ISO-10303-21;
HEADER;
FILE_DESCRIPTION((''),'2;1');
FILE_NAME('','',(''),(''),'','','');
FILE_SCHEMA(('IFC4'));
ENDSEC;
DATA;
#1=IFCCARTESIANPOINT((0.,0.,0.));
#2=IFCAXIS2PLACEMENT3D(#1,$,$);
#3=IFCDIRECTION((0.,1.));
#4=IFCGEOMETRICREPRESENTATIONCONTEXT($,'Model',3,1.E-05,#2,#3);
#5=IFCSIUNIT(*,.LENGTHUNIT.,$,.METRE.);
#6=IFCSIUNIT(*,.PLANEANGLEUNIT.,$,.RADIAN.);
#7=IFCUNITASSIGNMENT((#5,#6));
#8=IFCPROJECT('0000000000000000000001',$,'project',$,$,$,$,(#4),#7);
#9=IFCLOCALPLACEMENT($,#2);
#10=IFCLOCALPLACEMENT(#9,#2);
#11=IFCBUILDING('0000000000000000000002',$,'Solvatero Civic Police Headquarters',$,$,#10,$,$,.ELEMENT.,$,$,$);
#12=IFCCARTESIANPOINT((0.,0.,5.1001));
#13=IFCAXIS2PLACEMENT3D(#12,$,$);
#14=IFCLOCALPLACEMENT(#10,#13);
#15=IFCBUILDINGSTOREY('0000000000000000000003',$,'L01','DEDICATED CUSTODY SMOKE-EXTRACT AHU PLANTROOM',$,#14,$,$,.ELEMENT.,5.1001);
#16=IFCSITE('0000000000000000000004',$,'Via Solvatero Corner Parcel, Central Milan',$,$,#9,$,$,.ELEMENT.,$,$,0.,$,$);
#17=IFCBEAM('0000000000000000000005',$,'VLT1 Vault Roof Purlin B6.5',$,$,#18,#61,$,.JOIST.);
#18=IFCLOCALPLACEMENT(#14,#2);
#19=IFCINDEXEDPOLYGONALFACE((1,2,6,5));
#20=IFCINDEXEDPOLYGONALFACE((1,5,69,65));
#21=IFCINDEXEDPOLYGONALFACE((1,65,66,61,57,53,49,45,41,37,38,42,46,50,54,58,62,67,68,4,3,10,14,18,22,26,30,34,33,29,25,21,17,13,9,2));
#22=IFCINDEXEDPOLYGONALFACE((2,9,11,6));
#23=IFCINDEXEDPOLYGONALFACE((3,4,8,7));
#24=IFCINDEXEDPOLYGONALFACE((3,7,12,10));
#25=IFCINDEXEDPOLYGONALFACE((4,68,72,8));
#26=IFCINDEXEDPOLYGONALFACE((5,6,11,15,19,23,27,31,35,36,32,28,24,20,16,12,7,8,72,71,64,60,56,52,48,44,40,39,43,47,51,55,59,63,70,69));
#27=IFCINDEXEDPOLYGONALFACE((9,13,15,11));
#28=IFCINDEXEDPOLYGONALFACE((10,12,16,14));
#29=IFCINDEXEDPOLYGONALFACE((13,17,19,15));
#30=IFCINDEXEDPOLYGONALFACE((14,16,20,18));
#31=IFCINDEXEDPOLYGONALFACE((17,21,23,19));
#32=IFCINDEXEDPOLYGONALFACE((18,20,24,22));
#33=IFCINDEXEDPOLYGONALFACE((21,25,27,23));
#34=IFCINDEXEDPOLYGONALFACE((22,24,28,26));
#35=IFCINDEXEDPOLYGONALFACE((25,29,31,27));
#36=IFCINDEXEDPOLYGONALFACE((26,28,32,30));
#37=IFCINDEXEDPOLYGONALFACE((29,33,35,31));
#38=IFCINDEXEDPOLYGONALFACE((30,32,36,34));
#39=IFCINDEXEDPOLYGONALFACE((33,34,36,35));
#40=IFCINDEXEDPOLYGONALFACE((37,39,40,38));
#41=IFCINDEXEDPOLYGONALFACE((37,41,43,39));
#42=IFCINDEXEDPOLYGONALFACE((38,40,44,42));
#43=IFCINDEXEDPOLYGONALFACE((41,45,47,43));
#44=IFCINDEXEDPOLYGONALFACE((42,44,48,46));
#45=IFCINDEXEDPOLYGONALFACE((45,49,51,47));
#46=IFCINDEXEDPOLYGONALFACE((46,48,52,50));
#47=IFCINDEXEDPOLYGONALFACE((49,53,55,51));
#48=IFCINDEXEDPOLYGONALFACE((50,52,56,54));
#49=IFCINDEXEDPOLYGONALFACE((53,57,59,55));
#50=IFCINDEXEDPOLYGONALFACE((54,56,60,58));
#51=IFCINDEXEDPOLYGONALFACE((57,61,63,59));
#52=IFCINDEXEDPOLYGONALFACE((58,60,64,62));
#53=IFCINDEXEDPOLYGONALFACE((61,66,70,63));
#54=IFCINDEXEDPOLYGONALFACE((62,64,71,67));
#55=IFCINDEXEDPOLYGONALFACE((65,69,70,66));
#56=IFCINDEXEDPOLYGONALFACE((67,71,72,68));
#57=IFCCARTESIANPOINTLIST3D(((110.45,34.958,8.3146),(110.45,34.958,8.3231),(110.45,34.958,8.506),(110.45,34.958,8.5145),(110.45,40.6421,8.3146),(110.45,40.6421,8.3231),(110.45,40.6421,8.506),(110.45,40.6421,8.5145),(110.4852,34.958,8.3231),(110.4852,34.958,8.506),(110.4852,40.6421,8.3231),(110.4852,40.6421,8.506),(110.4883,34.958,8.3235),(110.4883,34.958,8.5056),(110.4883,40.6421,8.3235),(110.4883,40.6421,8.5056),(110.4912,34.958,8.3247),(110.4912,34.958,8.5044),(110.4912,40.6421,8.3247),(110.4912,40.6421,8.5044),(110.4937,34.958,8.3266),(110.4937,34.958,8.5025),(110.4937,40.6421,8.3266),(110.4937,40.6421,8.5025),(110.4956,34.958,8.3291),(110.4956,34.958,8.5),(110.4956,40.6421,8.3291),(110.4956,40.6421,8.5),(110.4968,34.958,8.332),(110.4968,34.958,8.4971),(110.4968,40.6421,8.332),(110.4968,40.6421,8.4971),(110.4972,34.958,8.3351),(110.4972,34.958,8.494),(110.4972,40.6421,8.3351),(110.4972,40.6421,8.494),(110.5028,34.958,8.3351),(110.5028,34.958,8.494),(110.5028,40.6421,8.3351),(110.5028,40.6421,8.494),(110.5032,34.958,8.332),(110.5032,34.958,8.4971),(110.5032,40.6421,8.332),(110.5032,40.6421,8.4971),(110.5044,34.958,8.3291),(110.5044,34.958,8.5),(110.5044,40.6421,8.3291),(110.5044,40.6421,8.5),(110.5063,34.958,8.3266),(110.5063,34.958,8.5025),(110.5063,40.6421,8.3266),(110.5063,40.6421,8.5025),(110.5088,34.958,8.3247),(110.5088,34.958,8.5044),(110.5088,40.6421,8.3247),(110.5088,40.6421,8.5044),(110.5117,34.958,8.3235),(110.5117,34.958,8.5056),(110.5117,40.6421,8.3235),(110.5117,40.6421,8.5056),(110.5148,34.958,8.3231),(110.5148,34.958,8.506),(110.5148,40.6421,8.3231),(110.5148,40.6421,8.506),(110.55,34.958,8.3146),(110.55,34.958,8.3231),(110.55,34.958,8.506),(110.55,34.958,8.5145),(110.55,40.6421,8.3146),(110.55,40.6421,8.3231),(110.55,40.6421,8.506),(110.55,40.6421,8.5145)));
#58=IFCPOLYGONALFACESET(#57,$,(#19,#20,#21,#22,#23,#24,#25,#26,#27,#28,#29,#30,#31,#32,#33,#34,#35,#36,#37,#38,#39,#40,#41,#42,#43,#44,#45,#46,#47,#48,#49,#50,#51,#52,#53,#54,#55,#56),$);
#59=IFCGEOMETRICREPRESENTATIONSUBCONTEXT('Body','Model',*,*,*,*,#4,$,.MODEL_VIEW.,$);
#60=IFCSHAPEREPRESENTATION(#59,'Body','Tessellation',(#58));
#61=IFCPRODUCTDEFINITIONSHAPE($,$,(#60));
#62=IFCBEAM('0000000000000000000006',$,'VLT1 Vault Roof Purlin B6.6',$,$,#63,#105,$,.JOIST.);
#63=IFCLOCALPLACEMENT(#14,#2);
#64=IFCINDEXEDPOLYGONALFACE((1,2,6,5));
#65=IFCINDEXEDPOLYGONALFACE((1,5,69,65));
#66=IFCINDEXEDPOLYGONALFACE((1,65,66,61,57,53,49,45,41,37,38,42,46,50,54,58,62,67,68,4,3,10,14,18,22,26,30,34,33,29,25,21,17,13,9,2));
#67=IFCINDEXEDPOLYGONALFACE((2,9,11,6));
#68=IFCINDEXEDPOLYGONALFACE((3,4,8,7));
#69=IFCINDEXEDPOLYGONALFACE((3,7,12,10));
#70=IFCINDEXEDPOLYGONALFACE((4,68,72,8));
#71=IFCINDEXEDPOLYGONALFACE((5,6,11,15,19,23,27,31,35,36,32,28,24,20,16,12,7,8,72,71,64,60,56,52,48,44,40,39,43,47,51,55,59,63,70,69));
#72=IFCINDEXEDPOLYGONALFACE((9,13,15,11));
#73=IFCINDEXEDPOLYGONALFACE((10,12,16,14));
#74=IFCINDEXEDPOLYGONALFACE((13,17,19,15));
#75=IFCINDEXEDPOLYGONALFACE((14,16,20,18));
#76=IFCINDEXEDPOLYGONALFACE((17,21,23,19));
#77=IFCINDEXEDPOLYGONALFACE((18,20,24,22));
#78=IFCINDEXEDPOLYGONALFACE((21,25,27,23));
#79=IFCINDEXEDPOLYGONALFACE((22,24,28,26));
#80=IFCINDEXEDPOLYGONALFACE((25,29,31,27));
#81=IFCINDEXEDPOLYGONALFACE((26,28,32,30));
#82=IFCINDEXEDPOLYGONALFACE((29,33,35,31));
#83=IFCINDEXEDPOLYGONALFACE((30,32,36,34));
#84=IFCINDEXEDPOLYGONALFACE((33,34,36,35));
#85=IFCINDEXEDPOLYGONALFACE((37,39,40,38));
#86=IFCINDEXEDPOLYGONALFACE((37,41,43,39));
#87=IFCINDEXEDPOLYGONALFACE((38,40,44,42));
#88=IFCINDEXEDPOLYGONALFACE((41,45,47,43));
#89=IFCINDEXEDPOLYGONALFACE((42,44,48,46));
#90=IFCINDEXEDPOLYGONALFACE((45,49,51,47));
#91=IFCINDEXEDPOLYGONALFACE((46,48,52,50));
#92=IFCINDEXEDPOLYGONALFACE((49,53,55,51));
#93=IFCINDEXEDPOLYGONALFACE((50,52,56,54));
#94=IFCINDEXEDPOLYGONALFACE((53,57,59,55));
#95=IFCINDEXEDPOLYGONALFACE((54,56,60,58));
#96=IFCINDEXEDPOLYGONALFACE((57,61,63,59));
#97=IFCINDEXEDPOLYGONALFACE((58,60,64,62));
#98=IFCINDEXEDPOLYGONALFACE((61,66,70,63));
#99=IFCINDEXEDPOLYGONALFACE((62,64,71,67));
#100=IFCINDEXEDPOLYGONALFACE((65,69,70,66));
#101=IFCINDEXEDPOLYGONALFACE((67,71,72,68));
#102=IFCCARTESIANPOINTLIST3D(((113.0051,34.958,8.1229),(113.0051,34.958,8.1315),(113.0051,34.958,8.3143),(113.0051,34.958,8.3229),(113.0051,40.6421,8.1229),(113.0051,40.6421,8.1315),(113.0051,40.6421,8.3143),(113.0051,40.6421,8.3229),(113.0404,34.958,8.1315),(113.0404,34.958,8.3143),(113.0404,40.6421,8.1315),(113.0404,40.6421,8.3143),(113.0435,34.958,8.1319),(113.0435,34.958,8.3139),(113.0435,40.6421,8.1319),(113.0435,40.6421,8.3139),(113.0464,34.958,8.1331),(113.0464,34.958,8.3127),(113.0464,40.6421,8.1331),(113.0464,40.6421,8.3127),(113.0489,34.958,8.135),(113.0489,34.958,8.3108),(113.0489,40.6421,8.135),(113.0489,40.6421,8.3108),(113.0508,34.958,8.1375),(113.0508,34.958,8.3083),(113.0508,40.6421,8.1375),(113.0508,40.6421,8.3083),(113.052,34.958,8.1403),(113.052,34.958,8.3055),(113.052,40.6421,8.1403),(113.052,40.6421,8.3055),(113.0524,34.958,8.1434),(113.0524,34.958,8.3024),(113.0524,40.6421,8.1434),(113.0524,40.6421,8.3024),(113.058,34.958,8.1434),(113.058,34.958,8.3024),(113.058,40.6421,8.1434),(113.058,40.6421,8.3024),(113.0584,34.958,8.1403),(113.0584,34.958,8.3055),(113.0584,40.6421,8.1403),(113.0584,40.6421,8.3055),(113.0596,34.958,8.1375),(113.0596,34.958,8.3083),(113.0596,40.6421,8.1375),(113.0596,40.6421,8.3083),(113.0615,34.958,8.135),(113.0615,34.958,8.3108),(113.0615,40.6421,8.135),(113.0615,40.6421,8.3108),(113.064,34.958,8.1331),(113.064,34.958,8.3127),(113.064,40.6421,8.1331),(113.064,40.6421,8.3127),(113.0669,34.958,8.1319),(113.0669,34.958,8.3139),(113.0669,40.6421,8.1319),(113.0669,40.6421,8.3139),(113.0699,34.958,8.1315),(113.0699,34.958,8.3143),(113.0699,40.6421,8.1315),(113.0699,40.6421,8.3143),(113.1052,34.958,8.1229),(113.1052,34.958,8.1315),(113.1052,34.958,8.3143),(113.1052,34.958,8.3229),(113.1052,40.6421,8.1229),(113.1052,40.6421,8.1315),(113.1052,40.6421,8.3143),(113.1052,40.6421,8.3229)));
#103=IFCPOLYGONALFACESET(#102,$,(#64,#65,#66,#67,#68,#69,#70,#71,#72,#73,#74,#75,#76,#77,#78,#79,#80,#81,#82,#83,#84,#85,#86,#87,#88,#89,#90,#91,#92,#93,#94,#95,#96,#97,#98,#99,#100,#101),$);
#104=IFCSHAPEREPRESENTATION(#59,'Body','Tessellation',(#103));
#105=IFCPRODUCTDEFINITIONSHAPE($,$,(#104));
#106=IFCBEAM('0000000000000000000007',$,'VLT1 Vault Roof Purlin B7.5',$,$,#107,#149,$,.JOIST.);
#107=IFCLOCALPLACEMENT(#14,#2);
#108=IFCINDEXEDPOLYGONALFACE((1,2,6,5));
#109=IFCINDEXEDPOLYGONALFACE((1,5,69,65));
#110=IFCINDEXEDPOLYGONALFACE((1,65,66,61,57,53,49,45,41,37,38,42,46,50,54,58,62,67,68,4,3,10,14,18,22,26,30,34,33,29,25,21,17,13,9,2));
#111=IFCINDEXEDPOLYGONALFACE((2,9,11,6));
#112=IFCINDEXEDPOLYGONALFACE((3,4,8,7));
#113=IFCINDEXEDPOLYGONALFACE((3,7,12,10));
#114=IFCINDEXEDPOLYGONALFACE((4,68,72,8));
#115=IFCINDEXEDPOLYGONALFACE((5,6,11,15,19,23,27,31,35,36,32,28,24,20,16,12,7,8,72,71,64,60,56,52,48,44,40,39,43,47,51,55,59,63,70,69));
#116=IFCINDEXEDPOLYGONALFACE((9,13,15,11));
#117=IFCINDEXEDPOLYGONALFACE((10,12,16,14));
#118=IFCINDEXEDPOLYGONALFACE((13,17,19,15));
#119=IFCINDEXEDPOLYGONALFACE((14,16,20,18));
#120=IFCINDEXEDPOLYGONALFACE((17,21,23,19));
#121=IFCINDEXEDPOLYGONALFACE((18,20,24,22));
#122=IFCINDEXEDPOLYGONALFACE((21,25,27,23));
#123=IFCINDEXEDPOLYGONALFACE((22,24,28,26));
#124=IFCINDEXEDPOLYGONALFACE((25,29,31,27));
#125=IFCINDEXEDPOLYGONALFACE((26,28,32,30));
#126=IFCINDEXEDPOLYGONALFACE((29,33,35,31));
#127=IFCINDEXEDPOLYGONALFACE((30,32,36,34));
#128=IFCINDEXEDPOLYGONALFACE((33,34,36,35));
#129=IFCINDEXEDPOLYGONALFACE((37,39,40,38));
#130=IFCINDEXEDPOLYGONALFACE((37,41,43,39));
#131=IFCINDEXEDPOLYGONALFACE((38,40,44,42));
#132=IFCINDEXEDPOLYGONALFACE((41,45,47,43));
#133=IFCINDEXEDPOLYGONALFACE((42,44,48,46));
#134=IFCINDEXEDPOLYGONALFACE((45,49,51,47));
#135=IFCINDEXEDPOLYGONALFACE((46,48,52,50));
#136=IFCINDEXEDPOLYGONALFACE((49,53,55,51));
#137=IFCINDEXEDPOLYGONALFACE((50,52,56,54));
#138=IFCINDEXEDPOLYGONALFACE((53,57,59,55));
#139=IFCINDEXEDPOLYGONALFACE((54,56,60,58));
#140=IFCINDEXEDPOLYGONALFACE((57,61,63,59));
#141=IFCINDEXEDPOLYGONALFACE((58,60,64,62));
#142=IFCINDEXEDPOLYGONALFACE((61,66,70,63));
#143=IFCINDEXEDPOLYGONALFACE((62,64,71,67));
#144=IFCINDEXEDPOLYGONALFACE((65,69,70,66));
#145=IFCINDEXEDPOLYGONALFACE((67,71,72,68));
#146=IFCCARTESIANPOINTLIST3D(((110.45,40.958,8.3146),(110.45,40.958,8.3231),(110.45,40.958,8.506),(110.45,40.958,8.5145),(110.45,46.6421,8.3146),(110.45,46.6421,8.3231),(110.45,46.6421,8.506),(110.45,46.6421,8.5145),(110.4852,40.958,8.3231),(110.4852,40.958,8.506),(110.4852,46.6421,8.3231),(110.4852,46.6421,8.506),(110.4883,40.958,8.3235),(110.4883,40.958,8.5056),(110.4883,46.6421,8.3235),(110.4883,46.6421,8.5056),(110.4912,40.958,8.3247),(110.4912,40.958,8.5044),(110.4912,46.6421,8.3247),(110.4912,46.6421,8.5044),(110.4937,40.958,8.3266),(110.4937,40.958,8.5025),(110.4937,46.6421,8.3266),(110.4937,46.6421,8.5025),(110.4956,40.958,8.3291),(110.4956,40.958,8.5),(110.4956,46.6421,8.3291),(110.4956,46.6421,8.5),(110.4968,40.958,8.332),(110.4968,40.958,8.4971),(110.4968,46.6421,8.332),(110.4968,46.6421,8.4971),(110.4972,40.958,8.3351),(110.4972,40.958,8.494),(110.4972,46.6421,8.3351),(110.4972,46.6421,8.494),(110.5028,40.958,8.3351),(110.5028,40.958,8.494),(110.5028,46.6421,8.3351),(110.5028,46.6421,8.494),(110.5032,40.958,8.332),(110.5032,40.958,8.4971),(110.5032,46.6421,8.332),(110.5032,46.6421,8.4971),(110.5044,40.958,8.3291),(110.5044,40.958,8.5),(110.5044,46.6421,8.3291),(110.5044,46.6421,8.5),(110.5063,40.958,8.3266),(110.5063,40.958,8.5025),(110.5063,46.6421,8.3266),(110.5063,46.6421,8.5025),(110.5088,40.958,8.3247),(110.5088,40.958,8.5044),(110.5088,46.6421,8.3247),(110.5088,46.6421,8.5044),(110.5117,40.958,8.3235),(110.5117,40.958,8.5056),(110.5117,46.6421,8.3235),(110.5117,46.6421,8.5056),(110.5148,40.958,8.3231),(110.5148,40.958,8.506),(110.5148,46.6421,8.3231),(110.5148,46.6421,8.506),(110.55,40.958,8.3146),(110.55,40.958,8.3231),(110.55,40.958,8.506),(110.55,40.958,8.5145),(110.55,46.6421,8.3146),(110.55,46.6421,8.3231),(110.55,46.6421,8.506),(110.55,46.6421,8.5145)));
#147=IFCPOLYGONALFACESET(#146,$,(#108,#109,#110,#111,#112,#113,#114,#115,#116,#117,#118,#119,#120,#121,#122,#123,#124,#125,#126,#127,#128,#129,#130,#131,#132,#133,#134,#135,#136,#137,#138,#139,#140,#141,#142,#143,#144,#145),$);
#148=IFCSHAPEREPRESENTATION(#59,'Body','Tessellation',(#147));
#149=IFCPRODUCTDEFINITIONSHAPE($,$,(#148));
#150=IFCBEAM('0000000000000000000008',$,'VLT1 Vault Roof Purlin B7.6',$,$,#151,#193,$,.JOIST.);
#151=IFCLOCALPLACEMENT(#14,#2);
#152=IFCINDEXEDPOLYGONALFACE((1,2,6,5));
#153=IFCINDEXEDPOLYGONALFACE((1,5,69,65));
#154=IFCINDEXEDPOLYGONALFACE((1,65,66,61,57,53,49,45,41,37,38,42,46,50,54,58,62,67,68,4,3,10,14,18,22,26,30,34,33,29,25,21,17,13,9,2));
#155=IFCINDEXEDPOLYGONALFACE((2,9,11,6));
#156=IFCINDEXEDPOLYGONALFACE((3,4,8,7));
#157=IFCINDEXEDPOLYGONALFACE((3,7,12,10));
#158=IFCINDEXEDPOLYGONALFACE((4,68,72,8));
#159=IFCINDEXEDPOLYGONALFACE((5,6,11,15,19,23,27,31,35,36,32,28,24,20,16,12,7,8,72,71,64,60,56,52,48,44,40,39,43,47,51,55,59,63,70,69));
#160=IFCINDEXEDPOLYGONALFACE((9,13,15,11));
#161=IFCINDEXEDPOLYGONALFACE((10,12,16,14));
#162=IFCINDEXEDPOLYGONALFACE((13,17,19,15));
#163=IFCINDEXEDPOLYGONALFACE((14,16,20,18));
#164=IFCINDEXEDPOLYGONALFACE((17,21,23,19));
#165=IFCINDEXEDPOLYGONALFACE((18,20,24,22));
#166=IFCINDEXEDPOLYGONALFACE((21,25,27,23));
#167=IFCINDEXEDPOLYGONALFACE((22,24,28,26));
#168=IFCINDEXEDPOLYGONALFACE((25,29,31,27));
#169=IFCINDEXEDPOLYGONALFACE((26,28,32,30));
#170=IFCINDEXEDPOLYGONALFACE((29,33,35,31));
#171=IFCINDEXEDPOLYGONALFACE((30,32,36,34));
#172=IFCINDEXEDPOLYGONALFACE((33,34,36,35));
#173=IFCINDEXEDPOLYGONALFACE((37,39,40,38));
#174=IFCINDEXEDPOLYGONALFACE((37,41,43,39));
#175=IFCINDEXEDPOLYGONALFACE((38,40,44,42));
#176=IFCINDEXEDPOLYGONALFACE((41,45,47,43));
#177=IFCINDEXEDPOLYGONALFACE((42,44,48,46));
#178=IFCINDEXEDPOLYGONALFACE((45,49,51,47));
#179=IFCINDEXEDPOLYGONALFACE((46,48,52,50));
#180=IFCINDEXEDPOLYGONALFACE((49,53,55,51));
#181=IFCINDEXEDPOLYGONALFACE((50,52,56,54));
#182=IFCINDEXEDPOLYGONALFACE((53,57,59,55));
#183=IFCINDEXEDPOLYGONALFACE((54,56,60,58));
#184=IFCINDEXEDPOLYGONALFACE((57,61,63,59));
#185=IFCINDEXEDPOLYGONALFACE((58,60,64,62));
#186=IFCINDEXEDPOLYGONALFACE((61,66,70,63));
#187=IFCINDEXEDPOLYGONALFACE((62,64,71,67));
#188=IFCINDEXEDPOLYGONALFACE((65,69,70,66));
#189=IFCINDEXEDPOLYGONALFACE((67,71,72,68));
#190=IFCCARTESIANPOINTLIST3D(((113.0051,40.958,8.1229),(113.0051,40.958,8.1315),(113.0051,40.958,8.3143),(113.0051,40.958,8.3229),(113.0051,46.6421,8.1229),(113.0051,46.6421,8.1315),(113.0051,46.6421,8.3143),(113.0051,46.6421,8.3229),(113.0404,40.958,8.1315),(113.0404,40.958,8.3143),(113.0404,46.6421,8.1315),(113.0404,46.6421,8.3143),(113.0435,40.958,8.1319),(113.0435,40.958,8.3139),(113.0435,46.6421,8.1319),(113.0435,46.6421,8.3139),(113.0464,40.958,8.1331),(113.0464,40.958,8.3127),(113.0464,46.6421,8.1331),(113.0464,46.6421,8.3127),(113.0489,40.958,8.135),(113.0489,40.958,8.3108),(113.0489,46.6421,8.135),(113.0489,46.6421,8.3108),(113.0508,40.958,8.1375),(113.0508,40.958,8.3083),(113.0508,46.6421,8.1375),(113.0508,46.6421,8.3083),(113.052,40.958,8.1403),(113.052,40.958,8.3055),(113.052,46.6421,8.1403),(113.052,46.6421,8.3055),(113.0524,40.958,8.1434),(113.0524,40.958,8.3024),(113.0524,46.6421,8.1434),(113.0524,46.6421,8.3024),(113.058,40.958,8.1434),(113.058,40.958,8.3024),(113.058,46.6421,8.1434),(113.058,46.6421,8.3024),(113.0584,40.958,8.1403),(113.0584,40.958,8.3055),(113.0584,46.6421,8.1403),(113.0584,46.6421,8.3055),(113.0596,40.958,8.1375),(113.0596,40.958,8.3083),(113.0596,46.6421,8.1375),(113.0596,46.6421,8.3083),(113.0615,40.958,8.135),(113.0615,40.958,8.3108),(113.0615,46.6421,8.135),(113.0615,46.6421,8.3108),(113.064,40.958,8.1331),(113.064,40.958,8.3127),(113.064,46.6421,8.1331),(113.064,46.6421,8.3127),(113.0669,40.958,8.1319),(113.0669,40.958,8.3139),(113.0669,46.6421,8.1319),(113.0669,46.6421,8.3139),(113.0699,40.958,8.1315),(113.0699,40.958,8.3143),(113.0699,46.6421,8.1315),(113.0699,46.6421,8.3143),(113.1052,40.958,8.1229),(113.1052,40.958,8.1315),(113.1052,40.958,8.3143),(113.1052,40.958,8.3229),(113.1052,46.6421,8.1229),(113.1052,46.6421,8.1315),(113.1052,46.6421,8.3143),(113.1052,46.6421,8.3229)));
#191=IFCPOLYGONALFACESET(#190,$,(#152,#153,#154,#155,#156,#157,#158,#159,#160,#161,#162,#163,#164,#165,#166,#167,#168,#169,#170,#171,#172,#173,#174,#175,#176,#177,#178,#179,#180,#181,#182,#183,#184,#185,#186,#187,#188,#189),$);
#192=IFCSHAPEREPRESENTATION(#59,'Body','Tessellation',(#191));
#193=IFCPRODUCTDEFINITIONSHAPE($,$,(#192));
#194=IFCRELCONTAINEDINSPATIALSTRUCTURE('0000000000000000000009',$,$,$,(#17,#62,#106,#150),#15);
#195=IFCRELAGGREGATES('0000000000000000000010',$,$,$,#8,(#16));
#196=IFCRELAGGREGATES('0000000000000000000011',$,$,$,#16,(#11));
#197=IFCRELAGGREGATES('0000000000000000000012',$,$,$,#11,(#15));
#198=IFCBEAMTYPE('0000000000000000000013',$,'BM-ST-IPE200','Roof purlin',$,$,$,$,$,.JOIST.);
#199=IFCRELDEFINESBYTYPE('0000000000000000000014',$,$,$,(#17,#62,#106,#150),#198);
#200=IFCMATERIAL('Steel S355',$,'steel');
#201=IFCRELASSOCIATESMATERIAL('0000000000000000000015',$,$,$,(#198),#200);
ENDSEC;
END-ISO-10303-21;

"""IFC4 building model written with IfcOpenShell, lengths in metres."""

from ifc_helpers import new_model, si_unit, direction, frame, origin, origin_2d, place, context, subcontext, project, spatial, i_section, extrude, material, material_profile, profile_set, type_object, element, save


model = new_model("IFC4")

# Units and contexts
model_context = context("Model", 3, precision=1e-05, world=origin(), true_north=direction((0.0, 1.0)))
body_context = subcontext(model_context, "Body", "Model", "MODEL_VIEW")
ifc_project = project(units=[si_unit("LENGTHUNIT", "METRE"), si_unit("PLANEANGLEUNIT", "RADIAN")], contexts=[model_context])

# Site, building, storey
site_placement = place(None, origin())
site = spatial("IfcSite", under=ifc_project, at=site_placement, Name="Via Solvatero Corner Parcel, Central Milan", CompositionType="ELEMENT", RefElevation=0.0)
building_placement = place(site_placement, origin())
building = spatial("IfcBuilding", under=site, at=building_placement, Name="Solvatero Civic Police Headquarters", CompositionType="ELEMENT")
storey_placement = place(building_placement, frame((0.0, 0.0, 5.1001)))
storey = spatial("IfcBuildingStorey", under=building, at=storey_placement, Name="L01", Description="DEDICATED CUSTODY SMOKE-EXTRACT AHU PLANTROOM", CompositionType="ELEMENT", Elevation=5.1001)

# Beams
ifc_material = material(Name="Steel S355", Category="steel")
ifc_material_profile_1 = material_profile(ifc_material, i_section(OverallWidth=0.1001, OverallDepth=0.2, WebThickness=0.0056, FlangeThickness=0.0085, FilletRadius=0.012, at=origin_2d()), Name="IPE 200")
ifc_profile_set_1 = profile_set([ifc_material_profile_1], Name="Steel S355")
beam_type_1 = type_object("IfcBeamType", Name="BM-ST-IPE200", Description="Roof purlin", PredefinedType="JOIST", material=ifc_profile_set_1)
for number, where, z_axis, x_axis, name in (
    (1, (110.5, 34.958, 8.4146), (0.0, 1.0, 0.0), (-1.0, 0.0, 0.0), "VLT1 Vault Roof Purlin B6.5"),
    (2, (113.0552, 34.958, 8.2229), (0.0, 1.0, 0.0), (-1.0, 0.0, 0.0), "VLT1 Vault Roof Purlin B6.6"),
    (3, (110.5, 40.958, 8.4146), (0.0, 1.0, 0.0), (-1.0, 0.0, 0.0), "VLT1 Vault Roof Purlin B7.5"),
    (4, (113.0552, 40.958, 8.2229), (0.0, 1.0, 0.0), (-1.0, 0.0, 0.0), "VLT1 Vault Roof Purlin B7.6"),
):
    element("IfcBeam", number, at=place(storey_placement, frame(where, z_axis=z_axis, x_axis=x_axis)), inside=storey, type_object=beam_type_1, Name=name, PredefinedType="JOIST", context=body_context, shape_type="SweptSolid", body=[
        extrude(i_section(OverallWidth=0.1001, OverallDepth=0.2, WebThickness=0.0056, FlangeThickness=0.0085, FilletRadius=0.012, at=origin_2d()), origin(), (0.0, 0.0, 1.0), 5.6841),
    ])

save(model, "model.ifc")
